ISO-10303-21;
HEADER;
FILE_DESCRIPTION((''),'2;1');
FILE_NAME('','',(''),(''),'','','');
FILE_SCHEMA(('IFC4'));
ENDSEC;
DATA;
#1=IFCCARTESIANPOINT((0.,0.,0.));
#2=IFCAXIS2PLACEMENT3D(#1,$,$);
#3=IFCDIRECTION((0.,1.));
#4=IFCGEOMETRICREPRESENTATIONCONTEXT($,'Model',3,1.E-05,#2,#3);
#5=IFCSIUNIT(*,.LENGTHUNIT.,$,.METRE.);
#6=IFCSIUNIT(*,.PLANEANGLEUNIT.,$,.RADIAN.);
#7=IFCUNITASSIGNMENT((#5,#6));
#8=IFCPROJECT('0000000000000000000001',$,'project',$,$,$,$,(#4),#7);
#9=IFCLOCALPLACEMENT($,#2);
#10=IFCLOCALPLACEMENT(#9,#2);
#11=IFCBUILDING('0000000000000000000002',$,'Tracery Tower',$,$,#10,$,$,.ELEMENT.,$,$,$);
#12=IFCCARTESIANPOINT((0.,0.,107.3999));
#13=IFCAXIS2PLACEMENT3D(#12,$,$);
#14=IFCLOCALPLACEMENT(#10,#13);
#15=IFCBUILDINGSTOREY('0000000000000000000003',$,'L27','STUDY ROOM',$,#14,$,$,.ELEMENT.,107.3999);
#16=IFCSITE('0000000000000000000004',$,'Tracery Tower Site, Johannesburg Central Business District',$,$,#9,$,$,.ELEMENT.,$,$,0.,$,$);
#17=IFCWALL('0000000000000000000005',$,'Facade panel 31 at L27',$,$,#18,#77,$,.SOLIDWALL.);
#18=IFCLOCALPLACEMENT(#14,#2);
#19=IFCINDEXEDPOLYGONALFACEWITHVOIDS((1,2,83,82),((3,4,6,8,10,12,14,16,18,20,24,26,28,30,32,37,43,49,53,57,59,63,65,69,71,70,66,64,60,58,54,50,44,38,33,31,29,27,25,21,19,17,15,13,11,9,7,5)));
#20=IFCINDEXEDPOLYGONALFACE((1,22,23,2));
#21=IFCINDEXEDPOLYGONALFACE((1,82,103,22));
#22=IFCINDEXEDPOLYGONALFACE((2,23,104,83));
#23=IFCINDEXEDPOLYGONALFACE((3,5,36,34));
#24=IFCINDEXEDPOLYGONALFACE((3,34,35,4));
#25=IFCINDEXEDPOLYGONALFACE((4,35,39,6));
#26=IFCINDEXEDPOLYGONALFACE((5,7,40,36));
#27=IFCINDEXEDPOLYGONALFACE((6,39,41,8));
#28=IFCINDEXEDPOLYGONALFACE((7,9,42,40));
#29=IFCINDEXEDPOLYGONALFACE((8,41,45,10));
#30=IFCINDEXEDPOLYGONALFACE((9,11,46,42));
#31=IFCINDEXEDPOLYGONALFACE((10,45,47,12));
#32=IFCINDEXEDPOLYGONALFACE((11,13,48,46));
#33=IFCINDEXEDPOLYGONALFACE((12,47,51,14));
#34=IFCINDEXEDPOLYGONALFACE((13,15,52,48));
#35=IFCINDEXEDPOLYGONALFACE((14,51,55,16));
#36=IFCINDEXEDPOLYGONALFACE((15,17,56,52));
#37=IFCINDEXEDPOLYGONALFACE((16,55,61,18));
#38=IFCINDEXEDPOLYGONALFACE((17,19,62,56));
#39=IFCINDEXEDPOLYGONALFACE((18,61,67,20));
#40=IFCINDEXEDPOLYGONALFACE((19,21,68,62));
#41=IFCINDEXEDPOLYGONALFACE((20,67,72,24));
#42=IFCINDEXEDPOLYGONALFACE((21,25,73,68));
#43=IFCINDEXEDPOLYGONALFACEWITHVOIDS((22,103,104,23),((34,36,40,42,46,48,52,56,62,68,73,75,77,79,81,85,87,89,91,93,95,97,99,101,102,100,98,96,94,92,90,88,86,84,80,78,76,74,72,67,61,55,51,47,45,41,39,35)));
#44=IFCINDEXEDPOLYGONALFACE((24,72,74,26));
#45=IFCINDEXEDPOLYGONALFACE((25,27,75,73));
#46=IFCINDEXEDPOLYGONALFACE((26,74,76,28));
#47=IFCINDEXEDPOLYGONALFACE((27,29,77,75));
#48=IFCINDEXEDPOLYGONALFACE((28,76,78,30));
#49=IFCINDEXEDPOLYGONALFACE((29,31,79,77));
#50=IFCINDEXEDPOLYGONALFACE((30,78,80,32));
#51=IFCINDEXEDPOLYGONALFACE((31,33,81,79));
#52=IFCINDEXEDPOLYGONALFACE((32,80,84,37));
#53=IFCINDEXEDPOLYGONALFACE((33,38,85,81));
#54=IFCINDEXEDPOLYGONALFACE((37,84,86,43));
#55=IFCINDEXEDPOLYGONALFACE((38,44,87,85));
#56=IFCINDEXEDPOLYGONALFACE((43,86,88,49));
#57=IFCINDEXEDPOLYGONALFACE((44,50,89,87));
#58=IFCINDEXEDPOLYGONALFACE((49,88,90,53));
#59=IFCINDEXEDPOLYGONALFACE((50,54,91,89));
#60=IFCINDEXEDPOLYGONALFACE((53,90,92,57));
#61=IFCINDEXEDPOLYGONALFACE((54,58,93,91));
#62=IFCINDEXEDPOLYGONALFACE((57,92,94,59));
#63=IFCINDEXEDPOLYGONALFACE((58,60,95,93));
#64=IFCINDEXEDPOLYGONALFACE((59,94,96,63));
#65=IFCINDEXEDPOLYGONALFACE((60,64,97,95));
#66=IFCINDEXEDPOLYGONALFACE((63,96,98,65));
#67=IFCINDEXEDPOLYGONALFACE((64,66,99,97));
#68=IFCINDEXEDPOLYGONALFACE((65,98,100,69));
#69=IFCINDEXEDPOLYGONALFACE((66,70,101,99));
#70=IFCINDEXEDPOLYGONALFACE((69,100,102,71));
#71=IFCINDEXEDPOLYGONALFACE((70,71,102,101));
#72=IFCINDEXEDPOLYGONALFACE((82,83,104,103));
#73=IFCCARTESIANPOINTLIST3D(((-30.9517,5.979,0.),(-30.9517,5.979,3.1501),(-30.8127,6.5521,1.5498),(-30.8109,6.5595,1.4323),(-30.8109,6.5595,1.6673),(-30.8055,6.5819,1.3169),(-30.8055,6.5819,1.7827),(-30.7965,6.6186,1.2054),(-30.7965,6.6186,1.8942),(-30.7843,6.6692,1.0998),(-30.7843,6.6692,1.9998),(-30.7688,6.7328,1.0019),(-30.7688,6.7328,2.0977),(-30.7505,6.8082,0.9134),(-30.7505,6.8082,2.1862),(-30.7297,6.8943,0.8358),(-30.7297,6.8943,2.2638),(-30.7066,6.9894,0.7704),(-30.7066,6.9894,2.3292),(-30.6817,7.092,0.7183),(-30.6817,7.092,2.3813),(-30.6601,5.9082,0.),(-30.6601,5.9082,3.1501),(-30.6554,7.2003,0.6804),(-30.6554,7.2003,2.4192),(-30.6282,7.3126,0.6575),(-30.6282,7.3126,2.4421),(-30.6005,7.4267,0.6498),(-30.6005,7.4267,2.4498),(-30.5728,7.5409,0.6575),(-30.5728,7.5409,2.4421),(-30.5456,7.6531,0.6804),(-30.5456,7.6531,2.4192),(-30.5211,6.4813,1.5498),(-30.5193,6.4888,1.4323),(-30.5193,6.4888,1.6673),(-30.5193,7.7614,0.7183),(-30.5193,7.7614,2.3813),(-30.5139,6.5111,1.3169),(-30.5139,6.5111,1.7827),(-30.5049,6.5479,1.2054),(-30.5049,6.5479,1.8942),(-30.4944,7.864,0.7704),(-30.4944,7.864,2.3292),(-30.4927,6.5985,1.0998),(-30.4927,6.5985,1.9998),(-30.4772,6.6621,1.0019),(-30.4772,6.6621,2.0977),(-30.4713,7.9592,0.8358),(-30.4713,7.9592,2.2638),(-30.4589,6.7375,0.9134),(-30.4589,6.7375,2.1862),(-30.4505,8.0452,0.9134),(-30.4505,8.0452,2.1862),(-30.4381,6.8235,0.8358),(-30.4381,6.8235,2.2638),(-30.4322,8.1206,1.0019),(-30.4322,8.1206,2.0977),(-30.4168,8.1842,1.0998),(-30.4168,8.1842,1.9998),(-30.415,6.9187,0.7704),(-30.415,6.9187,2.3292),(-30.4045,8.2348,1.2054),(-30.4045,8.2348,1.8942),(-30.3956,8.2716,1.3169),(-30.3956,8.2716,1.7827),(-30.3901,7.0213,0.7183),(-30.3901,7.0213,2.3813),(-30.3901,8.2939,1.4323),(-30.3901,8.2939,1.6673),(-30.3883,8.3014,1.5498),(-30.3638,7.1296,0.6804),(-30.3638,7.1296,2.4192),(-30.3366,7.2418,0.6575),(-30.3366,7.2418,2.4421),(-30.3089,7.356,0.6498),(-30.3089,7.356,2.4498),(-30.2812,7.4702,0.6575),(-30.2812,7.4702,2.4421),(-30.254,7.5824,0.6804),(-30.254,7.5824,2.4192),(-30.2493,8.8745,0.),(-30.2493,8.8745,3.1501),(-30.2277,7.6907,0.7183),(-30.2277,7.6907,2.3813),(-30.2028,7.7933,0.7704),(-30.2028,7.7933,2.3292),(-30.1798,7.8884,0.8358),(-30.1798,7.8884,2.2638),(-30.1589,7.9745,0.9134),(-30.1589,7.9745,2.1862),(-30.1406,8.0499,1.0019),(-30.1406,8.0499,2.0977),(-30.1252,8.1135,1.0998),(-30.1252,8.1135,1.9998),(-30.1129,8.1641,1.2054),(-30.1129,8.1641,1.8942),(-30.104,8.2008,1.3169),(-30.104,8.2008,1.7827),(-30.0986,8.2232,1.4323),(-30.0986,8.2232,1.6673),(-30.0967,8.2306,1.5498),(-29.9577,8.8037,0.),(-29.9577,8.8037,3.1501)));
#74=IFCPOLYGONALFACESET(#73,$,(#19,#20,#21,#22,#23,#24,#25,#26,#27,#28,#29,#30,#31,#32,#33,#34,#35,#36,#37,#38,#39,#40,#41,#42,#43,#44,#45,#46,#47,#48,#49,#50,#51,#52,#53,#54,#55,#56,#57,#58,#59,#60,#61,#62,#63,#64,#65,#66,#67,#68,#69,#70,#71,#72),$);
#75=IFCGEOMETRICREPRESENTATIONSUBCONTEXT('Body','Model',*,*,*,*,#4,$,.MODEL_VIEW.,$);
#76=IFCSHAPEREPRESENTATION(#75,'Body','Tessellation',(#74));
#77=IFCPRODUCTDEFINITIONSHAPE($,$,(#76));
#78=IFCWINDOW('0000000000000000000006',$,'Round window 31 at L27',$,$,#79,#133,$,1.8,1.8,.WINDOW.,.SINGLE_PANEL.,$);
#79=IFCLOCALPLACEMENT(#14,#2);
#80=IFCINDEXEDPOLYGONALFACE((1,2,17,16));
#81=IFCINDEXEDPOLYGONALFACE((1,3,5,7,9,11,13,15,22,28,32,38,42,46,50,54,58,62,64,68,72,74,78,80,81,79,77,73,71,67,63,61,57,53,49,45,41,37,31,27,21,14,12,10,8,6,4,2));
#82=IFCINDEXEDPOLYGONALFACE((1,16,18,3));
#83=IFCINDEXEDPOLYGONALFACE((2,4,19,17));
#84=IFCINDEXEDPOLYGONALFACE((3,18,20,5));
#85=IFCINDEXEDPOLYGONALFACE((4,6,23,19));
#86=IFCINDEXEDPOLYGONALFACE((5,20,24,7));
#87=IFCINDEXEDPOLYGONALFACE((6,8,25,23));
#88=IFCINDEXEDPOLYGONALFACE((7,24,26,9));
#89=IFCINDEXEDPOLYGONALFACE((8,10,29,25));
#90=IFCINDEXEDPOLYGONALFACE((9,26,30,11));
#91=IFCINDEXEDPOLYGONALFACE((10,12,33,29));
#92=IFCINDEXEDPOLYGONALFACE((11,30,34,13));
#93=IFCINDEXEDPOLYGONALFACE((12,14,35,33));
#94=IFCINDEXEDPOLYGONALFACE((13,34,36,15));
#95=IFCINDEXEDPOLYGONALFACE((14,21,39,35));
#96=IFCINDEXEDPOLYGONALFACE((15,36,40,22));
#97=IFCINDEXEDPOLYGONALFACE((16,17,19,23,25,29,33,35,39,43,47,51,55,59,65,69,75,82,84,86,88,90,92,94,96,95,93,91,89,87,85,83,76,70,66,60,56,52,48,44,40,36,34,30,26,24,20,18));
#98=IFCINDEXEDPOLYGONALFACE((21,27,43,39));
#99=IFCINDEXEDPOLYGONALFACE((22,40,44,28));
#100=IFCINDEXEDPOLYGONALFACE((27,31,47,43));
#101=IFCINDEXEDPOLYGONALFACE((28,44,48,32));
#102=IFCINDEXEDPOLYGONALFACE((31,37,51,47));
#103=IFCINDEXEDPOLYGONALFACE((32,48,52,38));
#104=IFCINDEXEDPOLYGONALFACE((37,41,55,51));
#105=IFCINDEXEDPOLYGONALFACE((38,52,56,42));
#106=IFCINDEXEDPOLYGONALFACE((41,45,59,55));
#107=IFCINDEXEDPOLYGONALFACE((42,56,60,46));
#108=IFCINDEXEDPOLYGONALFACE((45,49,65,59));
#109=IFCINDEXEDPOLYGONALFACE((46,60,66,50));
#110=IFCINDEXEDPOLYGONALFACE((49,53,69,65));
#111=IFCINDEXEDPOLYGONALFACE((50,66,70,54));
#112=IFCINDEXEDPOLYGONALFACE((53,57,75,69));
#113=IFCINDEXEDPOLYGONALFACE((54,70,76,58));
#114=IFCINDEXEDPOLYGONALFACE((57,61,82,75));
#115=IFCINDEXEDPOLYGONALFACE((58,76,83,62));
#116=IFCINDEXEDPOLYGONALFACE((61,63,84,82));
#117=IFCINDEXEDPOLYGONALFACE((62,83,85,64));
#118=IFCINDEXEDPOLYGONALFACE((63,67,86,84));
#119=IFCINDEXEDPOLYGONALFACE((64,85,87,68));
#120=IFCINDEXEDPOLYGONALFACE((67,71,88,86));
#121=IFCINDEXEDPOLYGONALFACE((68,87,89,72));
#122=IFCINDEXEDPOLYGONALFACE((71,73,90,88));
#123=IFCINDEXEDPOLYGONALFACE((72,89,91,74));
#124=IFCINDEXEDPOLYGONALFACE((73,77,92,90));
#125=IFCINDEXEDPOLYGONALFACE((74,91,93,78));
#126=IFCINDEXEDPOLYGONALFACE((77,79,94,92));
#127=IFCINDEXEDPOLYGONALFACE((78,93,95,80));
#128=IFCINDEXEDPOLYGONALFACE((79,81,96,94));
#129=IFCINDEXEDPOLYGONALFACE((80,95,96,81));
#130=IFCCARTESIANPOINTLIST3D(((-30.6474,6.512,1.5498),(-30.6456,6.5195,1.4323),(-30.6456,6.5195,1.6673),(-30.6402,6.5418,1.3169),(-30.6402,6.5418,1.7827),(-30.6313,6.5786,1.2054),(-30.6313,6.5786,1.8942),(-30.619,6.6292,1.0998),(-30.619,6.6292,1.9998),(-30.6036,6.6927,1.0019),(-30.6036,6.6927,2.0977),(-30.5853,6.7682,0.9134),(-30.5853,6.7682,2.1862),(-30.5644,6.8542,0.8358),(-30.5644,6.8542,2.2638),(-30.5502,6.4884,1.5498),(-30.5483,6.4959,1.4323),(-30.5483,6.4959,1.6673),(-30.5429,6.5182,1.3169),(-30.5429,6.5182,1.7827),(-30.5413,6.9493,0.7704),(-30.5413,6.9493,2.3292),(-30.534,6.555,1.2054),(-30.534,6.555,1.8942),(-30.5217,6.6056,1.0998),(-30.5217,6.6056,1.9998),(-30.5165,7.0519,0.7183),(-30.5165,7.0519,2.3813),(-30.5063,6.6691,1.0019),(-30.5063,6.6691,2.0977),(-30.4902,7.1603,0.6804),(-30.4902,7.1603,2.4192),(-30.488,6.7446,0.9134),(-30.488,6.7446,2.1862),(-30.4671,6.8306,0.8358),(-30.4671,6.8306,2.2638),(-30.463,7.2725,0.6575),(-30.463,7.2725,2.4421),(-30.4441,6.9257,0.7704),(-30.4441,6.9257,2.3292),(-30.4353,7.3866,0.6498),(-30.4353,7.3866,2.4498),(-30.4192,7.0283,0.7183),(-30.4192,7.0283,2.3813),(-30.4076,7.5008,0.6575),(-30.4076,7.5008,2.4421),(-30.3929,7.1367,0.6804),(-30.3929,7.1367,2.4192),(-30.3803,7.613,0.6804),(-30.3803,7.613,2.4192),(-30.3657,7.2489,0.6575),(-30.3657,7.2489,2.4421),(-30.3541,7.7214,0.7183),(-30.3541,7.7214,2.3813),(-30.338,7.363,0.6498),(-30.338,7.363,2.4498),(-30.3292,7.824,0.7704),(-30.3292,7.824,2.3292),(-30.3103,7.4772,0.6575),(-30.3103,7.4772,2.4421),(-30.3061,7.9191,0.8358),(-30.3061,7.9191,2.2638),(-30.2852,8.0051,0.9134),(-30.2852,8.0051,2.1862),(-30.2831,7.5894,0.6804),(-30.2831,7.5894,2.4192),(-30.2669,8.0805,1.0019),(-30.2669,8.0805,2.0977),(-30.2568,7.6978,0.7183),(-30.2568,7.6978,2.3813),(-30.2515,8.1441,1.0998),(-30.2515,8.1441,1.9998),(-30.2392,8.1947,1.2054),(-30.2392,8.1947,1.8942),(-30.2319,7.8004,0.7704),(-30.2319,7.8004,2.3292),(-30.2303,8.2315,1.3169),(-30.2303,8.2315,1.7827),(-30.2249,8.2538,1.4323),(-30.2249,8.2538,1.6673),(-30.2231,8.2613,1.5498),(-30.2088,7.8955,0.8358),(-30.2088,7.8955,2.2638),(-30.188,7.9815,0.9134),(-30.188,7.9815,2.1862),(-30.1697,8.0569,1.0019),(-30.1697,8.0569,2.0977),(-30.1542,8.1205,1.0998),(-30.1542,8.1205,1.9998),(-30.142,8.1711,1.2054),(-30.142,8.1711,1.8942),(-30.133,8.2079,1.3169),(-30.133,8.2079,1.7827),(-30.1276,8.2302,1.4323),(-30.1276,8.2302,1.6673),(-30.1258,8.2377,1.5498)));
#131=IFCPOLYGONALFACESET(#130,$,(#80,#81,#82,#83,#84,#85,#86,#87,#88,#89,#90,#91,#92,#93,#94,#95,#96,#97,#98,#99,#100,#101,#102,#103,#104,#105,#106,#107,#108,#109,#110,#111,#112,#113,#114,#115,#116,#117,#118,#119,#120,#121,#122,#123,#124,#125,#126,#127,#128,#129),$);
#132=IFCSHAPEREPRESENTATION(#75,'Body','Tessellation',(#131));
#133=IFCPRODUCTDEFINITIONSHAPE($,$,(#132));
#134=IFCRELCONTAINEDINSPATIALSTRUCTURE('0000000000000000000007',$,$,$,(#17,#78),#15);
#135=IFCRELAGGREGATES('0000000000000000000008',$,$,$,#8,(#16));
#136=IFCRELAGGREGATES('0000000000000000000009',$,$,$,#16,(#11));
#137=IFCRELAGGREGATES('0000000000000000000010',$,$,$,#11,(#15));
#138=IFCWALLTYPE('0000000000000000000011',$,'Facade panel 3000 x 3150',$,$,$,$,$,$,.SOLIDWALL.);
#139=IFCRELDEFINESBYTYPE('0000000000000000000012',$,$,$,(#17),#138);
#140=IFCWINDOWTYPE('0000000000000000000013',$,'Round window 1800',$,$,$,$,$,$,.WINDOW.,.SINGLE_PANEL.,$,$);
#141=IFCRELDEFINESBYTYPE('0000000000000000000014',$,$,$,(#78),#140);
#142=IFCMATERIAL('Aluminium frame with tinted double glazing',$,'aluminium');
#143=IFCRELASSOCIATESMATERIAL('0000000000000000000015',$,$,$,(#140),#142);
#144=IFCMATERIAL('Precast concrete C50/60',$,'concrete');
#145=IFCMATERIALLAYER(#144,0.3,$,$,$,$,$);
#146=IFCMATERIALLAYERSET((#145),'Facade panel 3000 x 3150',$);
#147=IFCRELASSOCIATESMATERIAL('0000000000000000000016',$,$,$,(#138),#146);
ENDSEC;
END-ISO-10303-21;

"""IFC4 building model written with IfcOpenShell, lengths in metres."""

from ifc_helpers import new_model, si_unit, direction, frame, frame_2d, origin, origin_2d, place, context, subcontext, project, spatial, rectangle, circle, extrude, material, layer, layer_set, type_object, element, fill, save


model = new_model("IFC4")

# Units and contexts
model_context = context("Model", 3, precision=1e-05, world=origin(), true_north=direction((0.0, 1.0)))
body_context = subcontext(model_context, "Body", "Model", "MODEL_VIEW")
ifc_project = project(units=[si_unit("LENGTHUNIT", "METRE"), si_unit("PLANEANGLEUNIT", "RADIAN")], contexts=[model_context])

# Site, building, storey
site_placement = place(None, origin())
site = spatial("IfcSite", under=ifc_project, at=site_placement, Name="Tracery Tower Site, Johannesburg Central Business District", CompositionType="ELEMENT", RefElevation=0.0)
building_placement = place(site_placement, origin())
building = spatial("IfcBuilding", under=site, at=building_placement, Name="Tracery Tower", CompositionType="ELEMENT")
storey_placement = place(building_placement, frame((0.0, 0.0, 107.3999)))
storey = spatial("IfcBuildingStorey", under=building, at=storey_placement, Name="L27", Description="STUDY ROOM", CompositionType="ELEMENT", Elevation=107.3999)

# Wall, opening, window
ifc_material_1 = material(Name="Aluminium frame with tinted double glazing", Category="aluminium")
window_type = type_object("IfcWindowType", Name="Round window 1800", PartitioningType="SINGLE_PANEL", PredefinedType="WINDOW", material=ifc_material_1)
ifc_material_2 = material(Name="Precast concrete C50/60", Category="concrete")
ifc_layer_1 = layer(ifc_material_2, 0.3)
ifc_layer_set_1 = layer_set([ifc_layer_1], Name="Facade panel 3000 x 3150")
wall_type_1 = type_object("IfcWallType", Name="Facade panel 3000 x 3150", PredefinedType="SOLIDWALL", material=ifc_layer_set_1)
wall_1_placement = place(storey_placement, frame((-30.1035, 8.8391, 0.0), z_axis=(0.0, 0.0, 1.0), x_axis=(-0.235743, -0.971815, 0.0)))
wall_1 = element("IfcWall", 1, at=wall_1_placement, inside=storey, type_object=wall_type_1, Name="Facade panel 31 at L27", PredefinedType="SOLIDWALL", context=body_context, shape_type="SweptSolid", body=[
    extrude(rectangle(XDim=2.9795, YDim=0.3, at=frame_2d((1.4897, 0.0))), origin(), (0.0, 0.0, 1.0), 3.1501),
])
opening_1_placement = place(wall_1_placement, frame((1.4897, 0.0, 1.5498)))
opening_1 = element("IfcOpeningElement", 2, at=opening_1_placement, cuts=wall_1, PredefinedType="OPENING", context=body_context, shape_type="SweptSolid", body=[
    extrude(circle(Radius=0.9, at=origin_2d()), frame((0.0, 0.1599, 0.0), z_axis=(0.0, -1.0, 0.0), x_axis=(1.0, 0.0, 0.0)), (0.0, 0.0, 1.0), 0.3201),
])
window_1_placement = place(opening_1_placement, origin())
window_1 = element("IfcWindow", 3, at=window_1_placement, inside=storey, type_object=window_type, Name="Round window 31 at L27", OverallHeight=1.8, OverallWidth=1.8, PartitioningType="SINGLE_PANEL", PredefinedType="WINDOW", context=body_context, shape_type="SweptSolid", body=[
    extrude(circle(Radius=0.9, at=origin_2d()), frame((0.0, 0.1201, 0.0), z_axis=(0.0, -1.0, 0.0), x_axis=(1.0, 0.0, 0.0)), (0.0, 0.0, 1.0), 0.1001),
])
fill(opening_1, window_1)

save(model, "model.ifc")
